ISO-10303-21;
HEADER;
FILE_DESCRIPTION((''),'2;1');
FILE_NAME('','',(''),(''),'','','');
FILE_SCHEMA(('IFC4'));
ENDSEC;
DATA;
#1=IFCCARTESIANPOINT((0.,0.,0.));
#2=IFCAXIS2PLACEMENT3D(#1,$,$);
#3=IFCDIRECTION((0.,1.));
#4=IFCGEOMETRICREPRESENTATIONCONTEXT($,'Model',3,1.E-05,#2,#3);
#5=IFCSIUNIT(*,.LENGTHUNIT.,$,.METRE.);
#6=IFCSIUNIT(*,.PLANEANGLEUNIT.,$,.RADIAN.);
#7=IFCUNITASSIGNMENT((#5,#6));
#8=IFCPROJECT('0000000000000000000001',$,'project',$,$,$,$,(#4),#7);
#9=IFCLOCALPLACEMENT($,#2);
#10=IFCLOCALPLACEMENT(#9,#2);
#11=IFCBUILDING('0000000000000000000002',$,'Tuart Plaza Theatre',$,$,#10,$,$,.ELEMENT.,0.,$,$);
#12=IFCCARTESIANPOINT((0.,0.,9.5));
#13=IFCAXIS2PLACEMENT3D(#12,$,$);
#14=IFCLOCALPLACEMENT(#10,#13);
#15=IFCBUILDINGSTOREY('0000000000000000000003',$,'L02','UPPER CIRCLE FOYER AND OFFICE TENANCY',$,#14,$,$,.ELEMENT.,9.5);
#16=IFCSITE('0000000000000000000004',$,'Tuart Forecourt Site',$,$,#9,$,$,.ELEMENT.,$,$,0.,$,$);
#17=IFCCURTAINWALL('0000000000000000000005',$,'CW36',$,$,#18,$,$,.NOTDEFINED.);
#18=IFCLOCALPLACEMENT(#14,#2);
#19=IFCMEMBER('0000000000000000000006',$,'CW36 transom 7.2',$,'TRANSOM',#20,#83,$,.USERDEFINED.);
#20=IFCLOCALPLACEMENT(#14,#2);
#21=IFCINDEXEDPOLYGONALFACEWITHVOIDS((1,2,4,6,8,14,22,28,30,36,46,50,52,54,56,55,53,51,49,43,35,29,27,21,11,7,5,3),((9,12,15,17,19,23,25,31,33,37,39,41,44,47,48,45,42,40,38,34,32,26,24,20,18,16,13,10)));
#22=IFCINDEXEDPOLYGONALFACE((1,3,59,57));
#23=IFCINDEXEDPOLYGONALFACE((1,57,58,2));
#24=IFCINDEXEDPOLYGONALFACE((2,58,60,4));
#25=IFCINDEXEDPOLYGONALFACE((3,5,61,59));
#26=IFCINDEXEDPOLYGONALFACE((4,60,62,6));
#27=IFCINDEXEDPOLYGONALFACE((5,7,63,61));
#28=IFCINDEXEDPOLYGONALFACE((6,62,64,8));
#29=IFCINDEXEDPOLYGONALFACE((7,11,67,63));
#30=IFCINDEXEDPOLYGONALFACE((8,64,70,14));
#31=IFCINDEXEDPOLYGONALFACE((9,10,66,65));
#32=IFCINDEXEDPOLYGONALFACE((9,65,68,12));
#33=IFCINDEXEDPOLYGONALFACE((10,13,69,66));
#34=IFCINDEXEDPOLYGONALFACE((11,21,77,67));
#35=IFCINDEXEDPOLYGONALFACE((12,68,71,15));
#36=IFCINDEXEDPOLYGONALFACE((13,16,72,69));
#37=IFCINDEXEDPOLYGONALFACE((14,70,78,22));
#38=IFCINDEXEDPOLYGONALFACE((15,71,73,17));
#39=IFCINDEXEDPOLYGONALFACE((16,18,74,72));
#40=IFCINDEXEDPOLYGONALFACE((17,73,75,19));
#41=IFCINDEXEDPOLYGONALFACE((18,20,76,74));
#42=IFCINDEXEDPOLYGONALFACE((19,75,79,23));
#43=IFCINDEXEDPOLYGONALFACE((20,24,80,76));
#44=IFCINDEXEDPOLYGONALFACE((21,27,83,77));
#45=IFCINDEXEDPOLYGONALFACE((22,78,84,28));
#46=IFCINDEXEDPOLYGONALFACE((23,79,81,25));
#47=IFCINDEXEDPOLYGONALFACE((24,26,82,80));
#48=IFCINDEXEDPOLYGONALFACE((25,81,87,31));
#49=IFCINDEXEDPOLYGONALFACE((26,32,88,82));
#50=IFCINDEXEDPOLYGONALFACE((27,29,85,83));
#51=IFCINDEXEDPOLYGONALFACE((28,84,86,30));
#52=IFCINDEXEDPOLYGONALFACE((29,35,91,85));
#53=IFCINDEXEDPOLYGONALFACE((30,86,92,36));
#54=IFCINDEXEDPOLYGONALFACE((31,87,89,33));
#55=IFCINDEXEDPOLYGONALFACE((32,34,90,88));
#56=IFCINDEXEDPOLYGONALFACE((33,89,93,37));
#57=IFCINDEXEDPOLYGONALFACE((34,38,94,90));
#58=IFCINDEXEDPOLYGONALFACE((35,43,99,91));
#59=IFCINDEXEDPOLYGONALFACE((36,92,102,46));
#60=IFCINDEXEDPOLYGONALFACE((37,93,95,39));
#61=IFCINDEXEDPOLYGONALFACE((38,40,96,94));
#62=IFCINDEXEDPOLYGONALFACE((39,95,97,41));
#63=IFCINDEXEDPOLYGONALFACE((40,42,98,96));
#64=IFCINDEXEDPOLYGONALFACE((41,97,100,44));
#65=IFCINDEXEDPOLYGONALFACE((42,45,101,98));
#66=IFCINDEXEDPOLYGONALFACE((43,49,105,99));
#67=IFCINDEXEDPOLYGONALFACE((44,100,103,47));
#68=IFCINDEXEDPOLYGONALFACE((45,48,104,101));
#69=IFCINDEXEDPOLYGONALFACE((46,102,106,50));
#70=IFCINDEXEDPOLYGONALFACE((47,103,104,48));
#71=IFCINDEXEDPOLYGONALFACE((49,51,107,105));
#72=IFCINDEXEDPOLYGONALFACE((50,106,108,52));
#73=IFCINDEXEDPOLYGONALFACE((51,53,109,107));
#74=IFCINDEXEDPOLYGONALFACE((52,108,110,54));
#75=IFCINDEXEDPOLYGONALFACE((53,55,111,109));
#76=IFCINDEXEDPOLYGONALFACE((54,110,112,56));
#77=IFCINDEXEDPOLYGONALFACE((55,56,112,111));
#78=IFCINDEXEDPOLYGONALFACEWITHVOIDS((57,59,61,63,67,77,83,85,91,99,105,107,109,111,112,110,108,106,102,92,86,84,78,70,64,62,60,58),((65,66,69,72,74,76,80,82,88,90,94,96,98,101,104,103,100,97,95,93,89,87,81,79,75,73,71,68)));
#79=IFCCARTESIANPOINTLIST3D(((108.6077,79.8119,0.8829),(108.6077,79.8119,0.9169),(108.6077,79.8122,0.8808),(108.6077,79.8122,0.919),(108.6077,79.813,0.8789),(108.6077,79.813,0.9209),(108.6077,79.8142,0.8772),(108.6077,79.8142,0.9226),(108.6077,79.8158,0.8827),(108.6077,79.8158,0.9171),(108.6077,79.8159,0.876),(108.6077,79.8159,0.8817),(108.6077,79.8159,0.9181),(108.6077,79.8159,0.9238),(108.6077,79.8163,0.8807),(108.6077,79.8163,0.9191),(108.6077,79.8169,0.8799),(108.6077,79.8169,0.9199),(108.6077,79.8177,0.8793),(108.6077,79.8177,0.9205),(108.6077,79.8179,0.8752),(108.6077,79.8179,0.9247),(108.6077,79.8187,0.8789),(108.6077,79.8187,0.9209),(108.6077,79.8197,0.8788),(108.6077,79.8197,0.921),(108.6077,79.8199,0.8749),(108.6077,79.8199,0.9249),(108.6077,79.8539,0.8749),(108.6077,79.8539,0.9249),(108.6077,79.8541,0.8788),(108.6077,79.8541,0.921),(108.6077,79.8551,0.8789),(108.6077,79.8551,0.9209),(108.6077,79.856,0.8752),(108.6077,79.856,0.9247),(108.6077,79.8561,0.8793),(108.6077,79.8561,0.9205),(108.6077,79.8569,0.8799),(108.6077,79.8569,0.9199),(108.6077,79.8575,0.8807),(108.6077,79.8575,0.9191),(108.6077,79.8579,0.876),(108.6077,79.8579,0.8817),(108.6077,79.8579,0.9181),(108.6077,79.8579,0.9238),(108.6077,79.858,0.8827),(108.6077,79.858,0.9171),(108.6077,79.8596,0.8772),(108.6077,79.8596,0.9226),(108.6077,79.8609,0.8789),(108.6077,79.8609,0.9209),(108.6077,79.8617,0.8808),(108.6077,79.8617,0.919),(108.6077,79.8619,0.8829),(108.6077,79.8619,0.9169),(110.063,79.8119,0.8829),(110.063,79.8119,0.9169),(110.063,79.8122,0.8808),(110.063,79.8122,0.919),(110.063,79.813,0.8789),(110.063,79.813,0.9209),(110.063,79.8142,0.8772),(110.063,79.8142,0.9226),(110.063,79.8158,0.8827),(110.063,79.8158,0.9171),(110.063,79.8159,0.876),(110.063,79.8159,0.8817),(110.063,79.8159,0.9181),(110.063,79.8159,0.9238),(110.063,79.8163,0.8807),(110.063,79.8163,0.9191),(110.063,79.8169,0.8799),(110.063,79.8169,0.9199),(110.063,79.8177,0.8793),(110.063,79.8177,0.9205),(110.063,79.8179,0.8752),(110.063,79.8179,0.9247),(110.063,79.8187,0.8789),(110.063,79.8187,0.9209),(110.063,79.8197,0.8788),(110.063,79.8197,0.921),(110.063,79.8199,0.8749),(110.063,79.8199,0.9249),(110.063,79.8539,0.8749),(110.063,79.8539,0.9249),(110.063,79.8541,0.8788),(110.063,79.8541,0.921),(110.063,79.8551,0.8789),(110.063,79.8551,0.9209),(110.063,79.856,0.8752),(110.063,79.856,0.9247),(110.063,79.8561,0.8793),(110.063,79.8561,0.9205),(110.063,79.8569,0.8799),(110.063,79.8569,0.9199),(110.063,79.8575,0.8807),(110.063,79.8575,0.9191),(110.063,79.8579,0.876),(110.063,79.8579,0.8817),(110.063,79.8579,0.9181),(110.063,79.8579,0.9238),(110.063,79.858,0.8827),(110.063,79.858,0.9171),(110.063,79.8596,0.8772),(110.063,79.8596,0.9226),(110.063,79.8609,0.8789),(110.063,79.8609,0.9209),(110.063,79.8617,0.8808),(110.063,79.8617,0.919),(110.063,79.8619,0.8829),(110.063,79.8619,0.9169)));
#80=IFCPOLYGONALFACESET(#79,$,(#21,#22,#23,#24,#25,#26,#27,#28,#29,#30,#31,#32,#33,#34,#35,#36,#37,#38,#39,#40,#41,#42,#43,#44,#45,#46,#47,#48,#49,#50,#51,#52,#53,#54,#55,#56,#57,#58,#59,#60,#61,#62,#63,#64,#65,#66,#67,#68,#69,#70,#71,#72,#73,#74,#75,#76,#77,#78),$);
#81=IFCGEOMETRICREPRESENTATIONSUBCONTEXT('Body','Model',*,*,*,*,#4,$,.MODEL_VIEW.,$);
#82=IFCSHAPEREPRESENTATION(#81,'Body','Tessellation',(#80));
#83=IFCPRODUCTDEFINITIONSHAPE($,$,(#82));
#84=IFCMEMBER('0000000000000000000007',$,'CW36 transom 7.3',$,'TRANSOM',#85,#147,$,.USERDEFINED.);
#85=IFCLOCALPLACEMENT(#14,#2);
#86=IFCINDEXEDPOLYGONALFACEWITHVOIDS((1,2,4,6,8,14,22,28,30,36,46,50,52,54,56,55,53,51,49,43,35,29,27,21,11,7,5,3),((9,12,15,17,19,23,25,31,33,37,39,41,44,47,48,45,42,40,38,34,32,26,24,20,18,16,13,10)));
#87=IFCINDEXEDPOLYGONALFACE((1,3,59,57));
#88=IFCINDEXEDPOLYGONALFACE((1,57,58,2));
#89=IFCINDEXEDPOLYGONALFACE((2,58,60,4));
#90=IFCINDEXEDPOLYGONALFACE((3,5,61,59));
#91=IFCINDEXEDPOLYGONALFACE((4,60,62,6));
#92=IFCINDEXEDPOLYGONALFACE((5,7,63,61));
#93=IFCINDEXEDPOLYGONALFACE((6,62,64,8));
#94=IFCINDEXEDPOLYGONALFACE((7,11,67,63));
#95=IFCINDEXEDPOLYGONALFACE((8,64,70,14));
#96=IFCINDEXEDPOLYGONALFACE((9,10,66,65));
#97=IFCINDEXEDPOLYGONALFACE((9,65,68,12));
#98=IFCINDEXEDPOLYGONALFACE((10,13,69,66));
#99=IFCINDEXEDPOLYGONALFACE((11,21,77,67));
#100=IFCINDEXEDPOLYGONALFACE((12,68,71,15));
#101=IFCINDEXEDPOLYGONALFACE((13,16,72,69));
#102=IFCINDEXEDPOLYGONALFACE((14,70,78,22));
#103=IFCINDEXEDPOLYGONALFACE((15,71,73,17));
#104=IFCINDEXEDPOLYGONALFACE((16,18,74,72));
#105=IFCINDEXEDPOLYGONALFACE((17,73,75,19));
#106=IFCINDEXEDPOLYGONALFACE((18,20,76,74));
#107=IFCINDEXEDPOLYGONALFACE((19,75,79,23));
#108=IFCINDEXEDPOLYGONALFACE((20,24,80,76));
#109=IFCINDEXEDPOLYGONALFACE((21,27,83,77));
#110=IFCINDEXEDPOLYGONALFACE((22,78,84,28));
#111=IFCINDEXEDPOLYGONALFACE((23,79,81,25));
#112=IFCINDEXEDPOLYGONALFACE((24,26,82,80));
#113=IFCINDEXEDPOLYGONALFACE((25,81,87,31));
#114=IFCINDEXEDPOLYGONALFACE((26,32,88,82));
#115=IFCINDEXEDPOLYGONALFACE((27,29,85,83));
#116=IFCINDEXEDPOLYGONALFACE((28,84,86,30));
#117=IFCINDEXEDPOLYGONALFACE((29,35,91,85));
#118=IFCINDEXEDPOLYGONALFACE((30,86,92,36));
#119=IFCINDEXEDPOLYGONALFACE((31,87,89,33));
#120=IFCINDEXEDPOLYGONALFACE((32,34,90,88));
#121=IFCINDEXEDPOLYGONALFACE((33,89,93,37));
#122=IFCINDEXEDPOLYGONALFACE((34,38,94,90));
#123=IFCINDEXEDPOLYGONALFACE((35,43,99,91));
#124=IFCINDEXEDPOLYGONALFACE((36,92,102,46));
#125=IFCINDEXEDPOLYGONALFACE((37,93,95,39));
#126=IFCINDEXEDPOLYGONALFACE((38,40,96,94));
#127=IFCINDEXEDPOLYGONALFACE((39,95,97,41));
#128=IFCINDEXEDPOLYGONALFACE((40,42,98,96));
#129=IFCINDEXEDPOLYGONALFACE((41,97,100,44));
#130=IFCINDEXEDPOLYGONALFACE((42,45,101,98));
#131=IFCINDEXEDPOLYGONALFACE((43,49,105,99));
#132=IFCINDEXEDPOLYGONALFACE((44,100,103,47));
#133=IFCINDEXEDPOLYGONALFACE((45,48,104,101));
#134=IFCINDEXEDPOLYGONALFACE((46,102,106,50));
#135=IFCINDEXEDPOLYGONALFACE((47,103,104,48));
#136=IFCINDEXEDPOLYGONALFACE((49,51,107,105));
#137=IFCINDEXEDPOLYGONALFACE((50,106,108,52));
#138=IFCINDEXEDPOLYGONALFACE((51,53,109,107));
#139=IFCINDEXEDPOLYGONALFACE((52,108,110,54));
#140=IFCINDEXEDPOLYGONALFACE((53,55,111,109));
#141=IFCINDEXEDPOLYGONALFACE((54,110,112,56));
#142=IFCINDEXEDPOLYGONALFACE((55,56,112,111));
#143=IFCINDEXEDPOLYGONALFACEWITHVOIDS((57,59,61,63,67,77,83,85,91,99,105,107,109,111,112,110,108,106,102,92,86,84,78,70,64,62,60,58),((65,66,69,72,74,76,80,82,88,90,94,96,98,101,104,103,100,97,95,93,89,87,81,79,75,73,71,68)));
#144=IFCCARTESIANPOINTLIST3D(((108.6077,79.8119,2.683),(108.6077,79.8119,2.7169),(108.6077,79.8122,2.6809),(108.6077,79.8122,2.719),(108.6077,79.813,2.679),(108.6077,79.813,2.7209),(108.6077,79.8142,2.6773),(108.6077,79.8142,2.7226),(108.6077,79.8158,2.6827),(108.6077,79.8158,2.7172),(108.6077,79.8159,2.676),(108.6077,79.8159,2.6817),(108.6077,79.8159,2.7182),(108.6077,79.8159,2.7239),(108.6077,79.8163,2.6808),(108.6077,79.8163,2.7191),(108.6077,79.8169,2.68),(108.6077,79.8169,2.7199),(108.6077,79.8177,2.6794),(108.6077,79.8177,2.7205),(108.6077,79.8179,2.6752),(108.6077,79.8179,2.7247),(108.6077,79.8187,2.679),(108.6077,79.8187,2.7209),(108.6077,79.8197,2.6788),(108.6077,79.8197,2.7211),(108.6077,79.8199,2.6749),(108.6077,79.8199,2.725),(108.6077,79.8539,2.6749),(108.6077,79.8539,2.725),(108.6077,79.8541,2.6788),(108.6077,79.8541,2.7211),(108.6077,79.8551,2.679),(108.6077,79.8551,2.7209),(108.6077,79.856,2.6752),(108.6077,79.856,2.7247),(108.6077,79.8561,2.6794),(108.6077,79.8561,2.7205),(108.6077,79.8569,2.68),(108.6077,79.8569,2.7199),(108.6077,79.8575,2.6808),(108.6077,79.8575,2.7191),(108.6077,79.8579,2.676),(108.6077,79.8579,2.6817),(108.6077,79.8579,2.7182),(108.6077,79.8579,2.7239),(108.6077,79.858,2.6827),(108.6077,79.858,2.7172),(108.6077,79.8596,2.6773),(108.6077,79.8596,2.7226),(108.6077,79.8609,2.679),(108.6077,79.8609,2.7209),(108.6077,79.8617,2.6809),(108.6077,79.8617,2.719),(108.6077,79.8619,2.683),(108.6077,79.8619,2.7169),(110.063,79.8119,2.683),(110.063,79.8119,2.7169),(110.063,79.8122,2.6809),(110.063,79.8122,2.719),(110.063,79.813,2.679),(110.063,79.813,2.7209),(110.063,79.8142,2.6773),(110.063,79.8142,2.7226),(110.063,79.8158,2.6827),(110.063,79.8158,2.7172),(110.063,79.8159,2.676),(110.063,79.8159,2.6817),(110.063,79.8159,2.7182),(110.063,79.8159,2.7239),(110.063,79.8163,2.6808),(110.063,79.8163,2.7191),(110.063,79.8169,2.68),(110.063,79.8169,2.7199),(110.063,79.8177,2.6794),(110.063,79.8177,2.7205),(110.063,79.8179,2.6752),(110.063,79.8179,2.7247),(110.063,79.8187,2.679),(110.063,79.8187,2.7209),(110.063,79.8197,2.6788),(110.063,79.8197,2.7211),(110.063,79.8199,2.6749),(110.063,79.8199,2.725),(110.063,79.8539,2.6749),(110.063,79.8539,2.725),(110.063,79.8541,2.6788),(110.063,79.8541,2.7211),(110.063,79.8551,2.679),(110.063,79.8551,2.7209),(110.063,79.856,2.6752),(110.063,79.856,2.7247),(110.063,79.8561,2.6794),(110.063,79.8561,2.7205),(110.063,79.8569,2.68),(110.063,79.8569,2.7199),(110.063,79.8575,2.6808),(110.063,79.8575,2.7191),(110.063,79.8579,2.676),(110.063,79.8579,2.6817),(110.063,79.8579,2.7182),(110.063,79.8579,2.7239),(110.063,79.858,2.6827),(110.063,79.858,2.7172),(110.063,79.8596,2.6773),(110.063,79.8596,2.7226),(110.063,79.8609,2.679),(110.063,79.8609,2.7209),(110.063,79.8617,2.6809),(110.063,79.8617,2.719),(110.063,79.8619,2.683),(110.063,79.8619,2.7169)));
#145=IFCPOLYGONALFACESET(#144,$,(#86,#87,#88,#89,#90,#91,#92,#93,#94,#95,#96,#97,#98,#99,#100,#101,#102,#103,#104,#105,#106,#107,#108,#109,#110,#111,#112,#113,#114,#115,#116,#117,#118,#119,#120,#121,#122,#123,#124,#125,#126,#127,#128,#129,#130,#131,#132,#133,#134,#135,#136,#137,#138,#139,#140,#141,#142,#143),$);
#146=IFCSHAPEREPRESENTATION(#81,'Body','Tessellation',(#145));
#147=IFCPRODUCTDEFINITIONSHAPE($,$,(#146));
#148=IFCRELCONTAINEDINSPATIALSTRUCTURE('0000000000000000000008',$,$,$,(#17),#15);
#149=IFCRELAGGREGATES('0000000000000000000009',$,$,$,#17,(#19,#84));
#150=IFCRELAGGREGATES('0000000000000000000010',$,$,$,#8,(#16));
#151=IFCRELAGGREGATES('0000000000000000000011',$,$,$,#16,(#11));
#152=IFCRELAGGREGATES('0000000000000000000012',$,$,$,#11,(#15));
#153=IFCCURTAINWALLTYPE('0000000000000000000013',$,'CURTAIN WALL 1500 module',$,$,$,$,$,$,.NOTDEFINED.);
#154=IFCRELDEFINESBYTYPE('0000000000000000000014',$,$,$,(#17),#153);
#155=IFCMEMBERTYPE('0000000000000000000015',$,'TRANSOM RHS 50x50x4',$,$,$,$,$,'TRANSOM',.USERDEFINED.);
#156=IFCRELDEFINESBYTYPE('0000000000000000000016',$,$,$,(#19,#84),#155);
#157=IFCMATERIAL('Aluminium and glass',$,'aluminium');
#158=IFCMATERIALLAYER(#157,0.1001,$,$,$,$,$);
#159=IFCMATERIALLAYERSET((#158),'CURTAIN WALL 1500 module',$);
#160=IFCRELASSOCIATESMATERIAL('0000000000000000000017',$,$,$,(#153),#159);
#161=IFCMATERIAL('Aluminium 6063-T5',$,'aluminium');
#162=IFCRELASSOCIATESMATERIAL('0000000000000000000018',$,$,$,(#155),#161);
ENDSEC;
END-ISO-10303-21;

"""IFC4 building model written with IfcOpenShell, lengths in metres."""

from ifc_helpers import new_model, si_unit, direction, frame, origin, origin_2d, place, context, subcontext, project, spatial, hollow_rectangle, extrude, material, layer, layer_set, material_profile, profile_set, type_object, element, aggregate, save


model = new_model("IFC4")

# Units and contexts
model_context = context("Model", 3, precision=1e-05, world=origin(), true_north=direction((0.0, 1.0)))
body_context = subcontext(model_context, "Body", "Model", "MODEL_VIEW")
ifc_project = project(units=[si_unit("LENGTHUNIT", "METRE"), si_unit("PLANEANGLEUNIT", "RADIAN")], contexts=[model_context])

# Site, building, storey
site_placement = place(None, origin())
site = spatial("IfcSite", under=ifc_project, at=site_placement, Name="Tuart Forecourt Site", CompositionType="ELEMENT", RefElevation=0.0)
building_placement = place(site_placement, origin())
building = spatial("IfcBuilding", under=site, at=building_placement, Name="Tuart Plaza Theatre", CompositionType="ELEMENT", ElevationOfRefHeight=0.0)
storey_placement = place(building_placement, frame((0.0, 0.0, 9.5)))
storey = spatial("IfcBuildingStorey", under=building, at=storey_placement, Name="L02", Description="UPPER CIRCLE FOYER AND OFFICE TENANCY", CompositionType="ELEMENT", Elevation=9.5)

# Curtain wall, members
ifc_material_1 = material(Name="Aluminium and glass", Category="aluminium")
ifc_layer_1 = layer(ifc_material_1, 0.1001)
ifc_layer_set_1 = layer_set([ifc_layer_1], Name="CURTAIN WALL 1500 module")
curtain_wall_type = type_object("IfcCurtainWallType", Name="CURTAIN WALL 1500 module", PredefinedType="NOTDEFINED", material=ifc_layer_set_1)
curtain_wall_placement = place(storey_placement, origin())
curtain_wall = element("IfcCurtainWall", 1, at=curtain_wall_placement, inside=storey, type_object=curtain_wall_type, Name="CW36", PredefinedType="NOTDEFINED")
ifc_material_2 = material(Name="Aluminium 6063-T5", Category="aluminium")
ifc_material_profile_1 = material_profile(ifc_material_2, hollow_rectangle(XDim=0.05, YDim=0.05, WallThickness=0.0039, InnerFilletRadius=0.0039, OuterFilletRadius=0.0081, at=origin_2d()), Name="RHS 50x50x4")
ifc_profile_set_1 = profile_set([ifc_material_profile_1], Name="Aluminium 6063-T5")
member_type_1 = type_object("IfcMemberType", Name="TRANSOM RHS 50x50x4", ElementType="TRANSOM", PredefinedType="USERDEFINED", material=ifc_profile_set_1)
member_1_placement = place(storey_placement, frame((108.6077, 79.8369, 0.8999), z_axis=(1.0, 0.0, 0.0), x_axis=(0.0, 1.0, 0.0)))
member_1 = element("IfcMember", 2, at=member_1_placement, type_object=member_type_1, Name="CW36 transom 7.2", ObjectType="TRANSOM", PredefinedType="USERDEFINED", context=body_context, shape_type="SweptSolid", body=[
    extrude(hollow_rectangle(XDim=0.05, YDim=0.05, WallThickness=0.0039, InnerFilletRadius=0.0039, OuterFilletRadius=0.0081, at=origin_2d()), origin(), (0.0, 0.0, 1.0), 1.4553),
])
member_2_placement = place(storey_placement, frame((108.6077, 79.8369, 2.7), z_axis=(1.0, 0.0, 0.0), x_axis=(0.0, 1.0, 0.0)))
member_2 = element("IfcMember", 3, at=member_2_placement, type_object=member_type_1, Name="CW36 transom 7.3", ObjectType="TRANSOM", PredefinedType="USERDEFINED", context=body_context, shape_type="SweptSolid", body=[
    extrude(hollow_rectangle(XDim=0.05, YDim=0.05, WallThickness=0.0039, InnerFilletRadius=0.0039, OuterFilletRadius=0.0081, at=origin_2d()), origin(), (0.0, 0.0, 1.0), 1.4553),
])
aggregate(curtain_wall, [member_1, member_2])

save(model, "model.ifc")
